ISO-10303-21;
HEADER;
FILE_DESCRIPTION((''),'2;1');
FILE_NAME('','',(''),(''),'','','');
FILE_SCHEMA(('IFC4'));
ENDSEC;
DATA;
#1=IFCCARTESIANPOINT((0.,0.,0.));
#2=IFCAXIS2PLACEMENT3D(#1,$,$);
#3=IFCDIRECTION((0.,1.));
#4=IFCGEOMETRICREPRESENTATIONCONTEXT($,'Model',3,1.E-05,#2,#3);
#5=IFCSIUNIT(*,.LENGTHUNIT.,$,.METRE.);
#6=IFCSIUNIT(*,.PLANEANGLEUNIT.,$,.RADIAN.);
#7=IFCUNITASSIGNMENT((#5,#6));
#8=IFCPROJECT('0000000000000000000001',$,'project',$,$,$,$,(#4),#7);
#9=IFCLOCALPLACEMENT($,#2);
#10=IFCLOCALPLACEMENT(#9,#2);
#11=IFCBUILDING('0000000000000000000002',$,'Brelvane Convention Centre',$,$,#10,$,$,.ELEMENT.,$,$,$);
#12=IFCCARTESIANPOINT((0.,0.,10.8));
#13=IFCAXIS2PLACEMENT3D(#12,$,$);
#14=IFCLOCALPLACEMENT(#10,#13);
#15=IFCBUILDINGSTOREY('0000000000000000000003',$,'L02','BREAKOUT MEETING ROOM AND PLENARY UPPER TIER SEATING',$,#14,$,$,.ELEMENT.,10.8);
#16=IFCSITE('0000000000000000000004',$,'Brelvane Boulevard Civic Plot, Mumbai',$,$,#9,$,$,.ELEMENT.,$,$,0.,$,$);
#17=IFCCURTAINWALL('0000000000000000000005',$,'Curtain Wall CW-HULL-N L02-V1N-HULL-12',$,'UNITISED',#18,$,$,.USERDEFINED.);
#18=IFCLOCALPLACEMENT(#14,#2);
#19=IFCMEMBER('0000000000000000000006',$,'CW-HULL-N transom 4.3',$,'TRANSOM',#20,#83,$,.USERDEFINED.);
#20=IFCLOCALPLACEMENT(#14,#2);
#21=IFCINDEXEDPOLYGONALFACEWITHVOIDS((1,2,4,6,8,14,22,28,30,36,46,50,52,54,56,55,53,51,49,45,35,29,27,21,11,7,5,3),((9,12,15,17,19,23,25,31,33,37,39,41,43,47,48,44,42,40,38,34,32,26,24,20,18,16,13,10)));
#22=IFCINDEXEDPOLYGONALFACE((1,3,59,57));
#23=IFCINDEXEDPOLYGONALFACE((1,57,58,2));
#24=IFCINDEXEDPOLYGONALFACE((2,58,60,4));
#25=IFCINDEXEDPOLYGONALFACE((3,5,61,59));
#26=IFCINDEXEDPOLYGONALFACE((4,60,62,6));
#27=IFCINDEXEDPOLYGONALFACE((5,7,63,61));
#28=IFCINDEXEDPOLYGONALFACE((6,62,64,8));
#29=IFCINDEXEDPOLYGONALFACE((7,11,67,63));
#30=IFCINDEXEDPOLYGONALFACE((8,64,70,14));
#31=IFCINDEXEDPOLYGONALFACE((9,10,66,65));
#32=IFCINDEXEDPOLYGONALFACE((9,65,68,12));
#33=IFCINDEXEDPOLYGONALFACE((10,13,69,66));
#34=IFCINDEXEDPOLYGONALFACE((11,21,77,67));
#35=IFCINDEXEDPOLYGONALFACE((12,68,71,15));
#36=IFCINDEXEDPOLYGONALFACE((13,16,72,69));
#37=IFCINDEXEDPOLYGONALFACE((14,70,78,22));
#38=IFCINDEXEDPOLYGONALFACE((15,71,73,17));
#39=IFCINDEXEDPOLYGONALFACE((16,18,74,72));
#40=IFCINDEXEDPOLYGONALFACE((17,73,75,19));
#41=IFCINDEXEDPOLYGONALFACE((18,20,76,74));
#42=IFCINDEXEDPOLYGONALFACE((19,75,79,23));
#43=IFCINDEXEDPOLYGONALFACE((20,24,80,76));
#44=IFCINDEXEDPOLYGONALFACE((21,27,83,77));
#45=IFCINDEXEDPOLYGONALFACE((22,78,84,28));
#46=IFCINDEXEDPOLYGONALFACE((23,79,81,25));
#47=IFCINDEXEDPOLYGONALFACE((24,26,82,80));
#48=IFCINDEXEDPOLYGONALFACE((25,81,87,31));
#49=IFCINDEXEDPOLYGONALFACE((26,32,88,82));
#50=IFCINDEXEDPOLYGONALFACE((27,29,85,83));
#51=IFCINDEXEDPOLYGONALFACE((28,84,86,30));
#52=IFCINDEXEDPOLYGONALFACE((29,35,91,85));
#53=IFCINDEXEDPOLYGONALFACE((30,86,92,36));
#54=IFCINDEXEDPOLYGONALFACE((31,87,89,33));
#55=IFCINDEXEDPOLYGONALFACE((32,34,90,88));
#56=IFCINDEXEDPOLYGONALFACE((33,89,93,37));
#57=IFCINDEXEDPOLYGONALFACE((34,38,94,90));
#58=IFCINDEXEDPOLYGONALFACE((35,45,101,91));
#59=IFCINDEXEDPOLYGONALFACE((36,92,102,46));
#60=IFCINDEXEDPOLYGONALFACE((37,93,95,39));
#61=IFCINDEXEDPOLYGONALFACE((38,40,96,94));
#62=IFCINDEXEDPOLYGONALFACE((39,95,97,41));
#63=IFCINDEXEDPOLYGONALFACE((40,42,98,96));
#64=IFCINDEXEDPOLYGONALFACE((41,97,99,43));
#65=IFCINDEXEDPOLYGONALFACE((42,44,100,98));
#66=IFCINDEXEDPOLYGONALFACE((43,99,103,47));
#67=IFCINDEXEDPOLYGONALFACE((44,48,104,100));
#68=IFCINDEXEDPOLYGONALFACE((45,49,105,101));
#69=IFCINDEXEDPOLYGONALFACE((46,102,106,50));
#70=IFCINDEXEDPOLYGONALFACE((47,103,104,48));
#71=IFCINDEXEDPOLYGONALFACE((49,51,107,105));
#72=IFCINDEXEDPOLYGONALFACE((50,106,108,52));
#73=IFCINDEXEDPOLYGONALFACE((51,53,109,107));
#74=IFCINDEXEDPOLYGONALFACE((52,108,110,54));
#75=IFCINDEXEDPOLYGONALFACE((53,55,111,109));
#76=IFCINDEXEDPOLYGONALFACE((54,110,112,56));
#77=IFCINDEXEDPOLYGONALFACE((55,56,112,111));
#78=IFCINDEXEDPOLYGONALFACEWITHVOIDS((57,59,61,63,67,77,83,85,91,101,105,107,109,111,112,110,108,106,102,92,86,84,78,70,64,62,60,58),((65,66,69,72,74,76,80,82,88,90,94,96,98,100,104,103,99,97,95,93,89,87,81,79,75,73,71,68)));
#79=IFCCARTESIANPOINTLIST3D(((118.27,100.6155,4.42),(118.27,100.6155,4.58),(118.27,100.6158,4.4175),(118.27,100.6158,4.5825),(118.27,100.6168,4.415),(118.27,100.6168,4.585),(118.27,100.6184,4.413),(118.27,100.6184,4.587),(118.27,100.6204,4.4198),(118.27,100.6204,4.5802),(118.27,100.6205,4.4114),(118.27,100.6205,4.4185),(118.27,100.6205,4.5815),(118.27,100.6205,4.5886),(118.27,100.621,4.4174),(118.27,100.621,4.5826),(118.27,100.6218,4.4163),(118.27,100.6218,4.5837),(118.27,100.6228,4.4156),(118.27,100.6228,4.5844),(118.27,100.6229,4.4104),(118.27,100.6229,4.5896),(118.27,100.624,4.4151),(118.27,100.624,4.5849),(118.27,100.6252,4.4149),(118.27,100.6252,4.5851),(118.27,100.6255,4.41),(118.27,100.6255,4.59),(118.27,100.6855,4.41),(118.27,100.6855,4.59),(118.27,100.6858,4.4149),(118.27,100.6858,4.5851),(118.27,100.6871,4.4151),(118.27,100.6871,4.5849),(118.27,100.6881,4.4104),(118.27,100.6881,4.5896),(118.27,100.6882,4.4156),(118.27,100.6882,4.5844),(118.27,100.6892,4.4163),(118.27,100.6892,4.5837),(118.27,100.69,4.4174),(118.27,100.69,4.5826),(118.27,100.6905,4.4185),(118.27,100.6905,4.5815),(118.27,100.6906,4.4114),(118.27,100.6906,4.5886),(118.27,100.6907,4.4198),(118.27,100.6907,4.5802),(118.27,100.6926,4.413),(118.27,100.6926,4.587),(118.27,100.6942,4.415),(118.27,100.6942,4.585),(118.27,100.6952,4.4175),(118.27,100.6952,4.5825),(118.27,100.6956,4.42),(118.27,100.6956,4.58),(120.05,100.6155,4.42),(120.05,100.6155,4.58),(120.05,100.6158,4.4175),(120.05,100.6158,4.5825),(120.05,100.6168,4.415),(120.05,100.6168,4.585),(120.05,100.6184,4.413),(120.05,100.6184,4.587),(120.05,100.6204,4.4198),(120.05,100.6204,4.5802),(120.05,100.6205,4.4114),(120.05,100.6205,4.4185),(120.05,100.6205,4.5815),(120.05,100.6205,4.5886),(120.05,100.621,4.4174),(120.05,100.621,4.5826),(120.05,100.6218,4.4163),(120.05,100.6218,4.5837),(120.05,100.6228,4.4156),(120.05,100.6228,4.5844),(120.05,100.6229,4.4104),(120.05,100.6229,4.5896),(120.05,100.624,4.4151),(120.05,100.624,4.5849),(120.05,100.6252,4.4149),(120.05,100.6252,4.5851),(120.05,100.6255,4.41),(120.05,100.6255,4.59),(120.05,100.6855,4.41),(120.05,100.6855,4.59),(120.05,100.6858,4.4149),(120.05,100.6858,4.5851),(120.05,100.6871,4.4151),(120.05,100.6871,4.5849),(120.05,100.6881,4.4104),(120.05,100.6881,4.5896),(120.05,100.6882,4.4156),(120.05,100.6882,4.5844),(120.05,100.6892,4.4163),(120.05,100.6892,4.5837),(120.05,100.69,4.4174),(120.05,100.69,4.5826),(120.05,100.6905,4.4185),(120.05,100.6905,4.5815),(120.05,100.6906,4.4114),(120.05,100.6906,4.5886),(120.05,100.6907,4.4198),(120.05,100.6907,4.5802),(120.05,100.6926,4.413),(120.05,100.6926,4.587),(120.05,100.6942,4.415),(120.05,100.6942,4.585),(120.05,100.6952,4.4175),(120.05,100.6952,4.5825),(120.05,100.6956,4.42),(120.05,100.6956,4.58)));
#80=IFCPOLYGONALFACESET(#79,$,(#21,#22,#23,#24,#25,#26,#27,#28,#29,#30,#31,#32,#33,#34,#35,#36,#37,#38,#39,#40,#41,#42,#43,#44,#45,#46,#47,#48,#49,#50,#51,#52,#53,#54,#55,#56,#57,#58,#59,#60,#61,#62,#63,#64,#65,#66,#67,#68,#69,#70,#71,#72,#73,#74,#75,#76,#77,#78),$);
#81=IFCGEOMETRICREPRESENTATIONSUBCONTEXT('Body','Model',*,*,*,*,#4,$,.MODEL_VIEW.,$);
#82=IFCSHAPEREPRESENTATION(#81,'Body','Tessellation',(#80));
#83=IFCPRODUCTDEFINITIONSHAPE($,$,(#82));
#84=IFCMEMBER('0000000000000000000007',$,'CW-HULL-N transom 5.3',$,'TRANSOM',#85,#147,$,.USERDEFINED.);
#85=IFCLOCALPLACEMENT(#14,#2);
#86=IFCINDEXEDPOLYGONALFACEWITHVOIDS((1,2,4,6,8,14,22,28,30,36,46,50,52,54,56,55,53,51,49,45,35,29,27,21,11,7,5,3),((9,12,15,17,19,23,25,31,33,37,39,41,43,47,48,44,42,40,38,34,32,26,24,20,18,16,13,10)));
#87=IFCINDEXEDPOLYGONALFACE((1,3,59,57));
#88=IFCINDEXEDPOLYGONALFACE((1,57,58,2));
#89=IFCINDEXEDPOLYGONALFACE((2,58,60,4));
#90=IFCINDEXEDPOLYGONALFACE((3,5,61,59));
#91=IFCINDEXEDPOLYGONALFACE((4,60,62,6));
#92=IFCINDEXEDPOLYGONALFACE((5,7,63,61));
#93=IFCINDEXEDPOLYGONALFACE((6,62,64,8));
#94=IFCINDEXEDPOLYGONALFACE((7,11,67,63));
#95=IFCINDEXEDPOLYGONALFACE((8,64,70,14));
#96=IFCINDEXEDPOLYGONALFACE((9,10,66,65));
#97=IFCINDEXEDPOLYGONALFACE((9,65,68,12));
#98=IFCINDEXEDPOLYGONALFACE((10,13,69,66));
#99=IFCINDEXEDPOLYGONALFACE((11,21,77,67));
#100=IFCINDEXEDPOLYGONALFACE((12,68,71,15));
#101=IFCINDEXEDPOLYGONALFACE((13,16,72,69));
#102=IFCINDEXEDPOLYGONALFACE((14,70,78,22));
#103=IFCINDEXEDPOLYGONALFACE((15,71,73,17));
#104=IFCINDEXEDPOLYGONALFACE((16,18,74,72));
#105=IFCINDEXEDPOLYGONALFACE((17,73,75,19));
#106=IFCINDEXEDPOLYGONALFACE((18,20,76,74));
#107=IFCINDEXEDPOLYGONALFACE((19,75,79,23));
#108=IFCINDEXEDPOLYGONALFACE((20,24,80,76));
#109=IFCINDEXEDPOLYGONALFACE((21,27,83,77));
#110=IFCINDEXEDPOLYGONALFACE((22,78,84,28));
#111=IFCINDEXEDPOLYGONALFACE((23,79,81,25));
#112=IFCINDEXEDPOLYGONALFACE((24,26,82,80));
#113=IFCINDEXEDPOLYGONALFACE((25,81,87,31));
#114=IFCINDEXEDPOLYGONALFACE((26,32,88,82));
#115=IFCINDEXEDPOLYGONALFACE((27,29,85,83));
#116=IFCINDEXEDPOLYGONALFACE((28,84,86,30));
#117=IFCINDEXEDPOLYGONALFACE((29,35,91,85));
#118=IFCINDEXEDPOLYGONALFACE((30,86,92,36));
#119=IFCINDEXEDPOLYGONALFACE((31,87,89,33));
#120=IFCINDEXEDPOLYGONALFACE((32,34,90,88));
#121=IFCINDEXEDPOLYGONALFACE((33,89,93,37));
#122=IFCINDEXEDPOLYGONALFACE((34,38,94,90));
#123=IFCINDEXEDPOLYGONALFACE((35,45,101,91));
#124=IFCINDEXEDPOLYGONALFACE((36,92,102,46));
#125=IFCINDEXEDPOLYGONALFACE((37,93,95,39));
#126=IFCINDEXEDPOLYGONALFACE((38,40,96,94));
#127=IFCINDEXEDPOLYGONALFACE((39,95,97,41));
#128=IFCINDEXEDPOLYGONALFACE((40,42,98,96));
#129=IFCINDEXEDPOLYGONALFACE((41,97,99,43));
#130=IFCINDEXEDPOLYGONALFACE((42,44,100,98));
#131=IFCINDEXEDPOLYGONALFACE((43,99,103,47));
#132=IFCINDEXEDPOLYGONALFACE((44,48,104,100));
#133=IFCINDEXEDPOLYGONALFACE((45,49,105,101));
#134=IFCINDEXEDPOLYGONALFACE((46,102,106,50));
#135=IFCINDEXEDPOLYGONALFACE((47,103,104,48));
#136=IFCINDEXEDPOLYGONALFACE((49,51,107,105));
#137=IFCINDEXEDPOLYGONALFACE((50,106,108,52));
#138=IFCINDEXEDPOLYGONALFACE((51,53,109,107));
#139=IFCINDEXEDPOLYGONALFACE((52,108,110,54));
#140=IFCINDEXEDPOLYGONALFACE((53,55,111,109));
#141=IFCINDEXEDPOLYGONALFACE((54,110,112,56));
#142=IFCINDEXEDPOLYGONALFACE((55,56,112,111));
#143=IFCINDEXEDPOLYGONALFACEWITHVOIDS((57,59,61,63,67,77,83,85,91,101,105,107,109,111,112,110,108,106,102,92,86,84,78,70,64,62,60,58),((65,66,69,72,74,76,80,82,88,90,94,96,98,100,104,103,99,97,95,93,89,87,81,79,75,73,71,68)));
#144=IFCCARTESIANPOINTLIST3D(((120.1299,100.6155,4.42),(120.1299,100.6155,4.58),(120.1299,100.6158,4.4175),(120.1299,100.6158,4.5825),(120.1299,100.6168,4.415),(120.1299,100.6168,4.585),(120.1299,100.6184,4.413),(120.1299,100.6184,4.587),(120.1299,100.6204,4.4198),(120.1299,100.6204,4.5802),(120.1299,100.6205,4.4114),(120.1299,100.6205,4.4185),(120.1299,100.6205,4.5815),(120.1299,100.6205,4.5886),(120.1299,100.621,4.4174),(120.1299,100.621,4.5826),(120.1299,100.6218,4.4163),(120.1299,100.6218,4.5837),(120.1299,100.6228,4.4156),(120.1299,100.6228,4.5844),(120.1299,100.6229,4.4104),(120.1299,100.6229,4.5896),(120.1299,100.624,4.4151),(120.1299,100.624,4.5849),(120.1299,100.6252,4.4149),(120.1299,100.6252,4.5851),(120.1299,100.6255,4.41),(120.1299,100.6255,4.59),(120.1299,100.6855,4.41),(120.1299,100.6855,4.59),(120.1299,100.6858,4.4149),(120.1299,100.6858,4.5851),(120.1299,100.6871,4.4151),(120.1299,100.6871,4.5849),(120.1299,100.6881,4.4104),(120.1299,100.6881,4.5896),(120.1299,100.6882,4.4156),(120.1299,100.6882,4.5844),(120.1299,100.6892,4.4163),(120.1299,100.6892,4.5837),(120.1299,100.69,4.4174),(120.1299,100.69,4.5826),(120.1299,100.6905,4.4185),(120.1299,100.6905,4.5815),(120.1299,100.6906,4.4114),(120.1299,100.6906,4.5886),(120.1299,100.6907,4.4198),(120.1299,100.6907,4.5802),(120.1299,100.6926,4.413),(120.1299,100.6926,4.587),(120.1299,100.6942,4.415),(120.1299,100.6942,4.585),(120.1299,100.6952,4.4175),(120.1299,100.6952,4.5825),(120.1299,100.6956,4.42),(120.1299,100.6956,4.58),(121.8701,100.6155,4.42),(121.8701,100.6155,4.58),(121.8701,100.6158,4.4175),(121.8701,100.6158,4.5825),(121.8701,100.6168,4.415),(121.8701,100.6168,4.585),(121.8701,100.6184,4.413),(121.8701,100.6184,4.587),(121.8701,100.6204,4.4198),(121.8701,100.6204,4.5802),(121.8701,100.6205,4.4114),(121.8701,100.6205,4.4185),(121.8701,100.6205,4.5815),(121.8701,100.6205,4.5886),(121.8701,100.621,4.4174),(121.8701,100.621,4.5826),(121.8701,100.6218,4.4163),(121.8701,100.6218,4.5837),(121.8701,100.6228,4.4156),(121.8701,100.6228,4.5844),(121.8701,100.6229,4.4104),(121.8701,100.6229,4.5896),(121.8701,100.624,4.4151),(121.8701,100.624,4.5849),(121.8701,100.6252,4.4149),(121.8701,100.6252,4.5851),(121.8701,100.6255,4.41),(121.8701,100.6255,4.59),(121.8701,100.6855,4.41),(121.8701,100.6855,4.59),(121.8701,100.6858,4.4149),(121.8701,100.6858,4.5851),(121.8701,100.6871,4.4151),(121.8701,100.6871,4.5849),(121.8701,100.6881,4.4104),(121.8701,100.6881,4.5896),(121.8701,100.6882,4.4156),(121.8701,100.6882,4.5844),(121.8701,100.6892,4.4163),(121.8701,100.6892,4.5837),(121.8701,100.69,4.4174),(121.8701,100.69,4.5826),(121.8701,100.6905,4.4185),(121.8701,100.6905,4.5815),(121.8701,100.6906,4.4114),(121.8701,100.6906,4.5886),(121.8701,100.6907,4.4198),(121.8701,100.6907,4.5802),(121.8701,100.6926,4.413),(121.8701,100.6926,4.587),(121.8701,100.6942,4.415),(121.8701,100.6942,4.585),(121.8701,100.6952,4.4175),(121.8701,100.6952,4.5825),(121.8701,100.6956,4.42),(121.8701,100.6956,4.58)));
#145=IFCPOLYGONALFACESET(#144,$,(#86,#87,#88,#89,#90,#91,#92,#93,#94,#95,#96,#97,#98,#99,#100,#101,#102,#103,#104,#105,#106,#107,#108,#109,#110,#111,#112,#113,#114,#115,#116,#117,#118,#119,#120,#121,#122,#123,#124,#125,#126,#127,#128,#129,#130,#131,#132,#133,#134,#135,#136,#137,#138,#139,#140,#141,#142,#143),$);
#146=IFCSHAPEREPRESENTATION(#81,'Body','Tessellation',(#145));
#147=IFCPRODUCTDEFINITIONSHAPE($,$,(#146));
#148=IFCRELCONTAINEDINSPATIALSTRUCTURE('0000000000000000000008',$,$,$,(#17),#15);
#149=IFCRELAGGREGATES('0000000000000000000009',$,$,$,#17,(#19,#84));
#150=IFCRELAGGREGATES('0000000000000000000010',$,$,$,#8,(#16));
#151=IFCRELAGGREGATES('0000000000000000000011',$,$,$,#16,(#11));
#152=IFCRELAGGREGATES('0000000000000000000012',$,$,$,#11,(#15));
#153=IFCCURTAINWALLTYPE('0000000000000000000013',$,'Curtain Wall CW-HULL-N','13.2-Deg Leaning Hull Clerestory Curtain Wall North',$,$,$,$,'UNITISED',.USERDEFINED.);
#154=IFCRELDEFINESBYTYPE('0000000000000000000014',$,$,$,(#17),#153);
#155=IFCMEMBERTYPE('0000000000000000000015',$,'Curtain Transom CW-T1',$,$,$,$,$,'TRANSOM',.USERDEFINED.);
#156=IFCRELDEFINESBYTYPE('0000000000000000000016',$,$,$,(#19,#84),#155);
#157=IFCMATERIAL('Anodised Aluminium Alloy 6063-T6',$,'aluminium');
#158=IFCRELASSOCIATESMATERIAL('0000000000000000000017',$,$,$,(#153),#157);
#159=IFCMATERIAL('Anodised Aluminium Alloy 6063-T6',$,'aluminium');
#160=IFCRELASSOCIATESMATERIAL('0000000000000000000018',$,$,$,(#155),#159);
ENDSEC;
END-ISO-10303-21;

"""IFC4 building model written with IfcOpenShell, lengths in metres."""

from ifc_helpers import new_model, si_unit, direction, frame, origin, origin_2d, place, context, subcontext, project, spatial, hollow_rectangle, extrude, material, material_profile, profile_set, type_object, element, aggregate, save


model = new_model("IFC4")

# Units and contexts
model_context = context("Model", 3, precision=1e-05, world=origin(), true_north=direction((0.0, 1.0)))
body_context = subcontext(model_context, "Body", "Model", "MODEL_VIEW")
ifc_project = project(units=[si_unit("LENGTHUNIT", "METRE"), si_unit("PLANEANGLEUNIT", "RADIAN")], contexts=[model_context])

# Site, building, storey
site_placement = place(None, origin())
site = spatial("IfcSite", under=ifc_project, at=site_placement, Name="Brelvane Boulevard Civic Plot, Mumbai", CompositionType="ELEMENT", RefElevation=0.0)
building_placement = place(site_placement, origin())
building = spatial("IfcBuilding", under=site, at=building_placement, Name="Brelvane Convention Centre", CompositionType="ELEMENT")
storey_placement = place(building_placement, frame((0.0, 0.0, 10.8)))
storey = spatial("IfcBuildingStorey", under=building, at=storey_placement, Name="L02", Description="BREAKOUT MEETING ROOM AND PLENARY UPPER TIER SEATING", CompositionType="ELEMENT", Elevation=10.8)

# Curtain wall, members
ifc_material_1 = material(Name="Anodised Aluminium Alloy 6063-T6", Category="aluminium")
curtain_wall_type = type_object("IfcCurtainWallType", Name="Curtain Wall CW-HULL-N", Description="13.2-Deg Leaning Hull Clerestory Curtain Wall North", ElementType="UNITISED", PredefinedType="USERDEFINED", material=ifc_material_1)
ifc_material_2 = material(Name="Anodised Aluminium Alloy 6063-T6", Category="aluminium")
ifc_material_profile = material_profile(ifc_material_2, hollow_rectangle(XDim=0.0801, YDim=0.1799, WallThickness=0.0049, InnerFilletRadius=0.0049, OuterFilletRadius=0.01, at=origin_2d()), Name="ALU-T 180x80x5.0")
ifc_profile_set = profile_set([ifc_material_profile], Name="Anodised Aluminium Alloy 6063-T6")
member_type = type_object("IfcMemberType", Name="Curtain Transom CW-T1", ElementType="TRANSOM", PredefinedType="USERDEFINED", material=ifc_profile_set)
curtain_wall_1_placement = place(storey_placement, origin())
curtain_wall_1 = element("IfcCurtainWall", 1, at=curtain_wall_1_placement, inside=storey, type_object=curtain_wall_type, Name="Curtain Wall CW-HULL-N L02-V1N-HULL-12", ObjectType="UNITISED", PredefinedType="USERDEFINED")
member_1_placement = place(storey_placement, frame((118.27, 100.6555, 4.5), z_axis=(1.0, 0.0, 0.0), x_axis=(0.0, 1.0, 0.0)))
member_1 = element("IfcMember", 2, at=member_1_placement, type_object=member_type, Name="CW-HULL-N transom 4.3", ObjectType="TRANSOM", PredefinedType="USERDEFINED", context=body_context, shape_type="SweptSolid", body=[
    extrude(hollow_rectangle(XDim=0.0801, YDim=0.1799, WallThickness=0.0049, InnerFilletRadius=0.0049, OuterFilletRadius=0.01, at=origin_2d()), origin(), (0.0, 0.0, 1.0), 1.78),
])
member_2_placement = place(storey_placement, frame((120.1299, 100.6555, 4.5), z_axis=(1.0, 0.0, 0.0), x_axis=(0.0, 1.0, 0.0)))
member_2 = element("IfcMember", 3, at=member_2_placement, type_object=member_type, Name="CW-HULL-N transom 5.3", ObjectType="TRANSOM", PredefinedType="USERDEFINED", context=body_context, shape_type="SweptSolid", body=[
    extrude(hollow_rectangle(XDim=0.0801, YDim=0.1799, WallThickness=0.0049, InnerFilletRadius=0.0049, OuterFilletRadius=0.01, at=origin_2d()), origin(), (0.0, 0.0, 1.0), 1.7402),
])

aggregate(curtain_wall_1, [member_1, member_2])

save(model, "model.ifc")
